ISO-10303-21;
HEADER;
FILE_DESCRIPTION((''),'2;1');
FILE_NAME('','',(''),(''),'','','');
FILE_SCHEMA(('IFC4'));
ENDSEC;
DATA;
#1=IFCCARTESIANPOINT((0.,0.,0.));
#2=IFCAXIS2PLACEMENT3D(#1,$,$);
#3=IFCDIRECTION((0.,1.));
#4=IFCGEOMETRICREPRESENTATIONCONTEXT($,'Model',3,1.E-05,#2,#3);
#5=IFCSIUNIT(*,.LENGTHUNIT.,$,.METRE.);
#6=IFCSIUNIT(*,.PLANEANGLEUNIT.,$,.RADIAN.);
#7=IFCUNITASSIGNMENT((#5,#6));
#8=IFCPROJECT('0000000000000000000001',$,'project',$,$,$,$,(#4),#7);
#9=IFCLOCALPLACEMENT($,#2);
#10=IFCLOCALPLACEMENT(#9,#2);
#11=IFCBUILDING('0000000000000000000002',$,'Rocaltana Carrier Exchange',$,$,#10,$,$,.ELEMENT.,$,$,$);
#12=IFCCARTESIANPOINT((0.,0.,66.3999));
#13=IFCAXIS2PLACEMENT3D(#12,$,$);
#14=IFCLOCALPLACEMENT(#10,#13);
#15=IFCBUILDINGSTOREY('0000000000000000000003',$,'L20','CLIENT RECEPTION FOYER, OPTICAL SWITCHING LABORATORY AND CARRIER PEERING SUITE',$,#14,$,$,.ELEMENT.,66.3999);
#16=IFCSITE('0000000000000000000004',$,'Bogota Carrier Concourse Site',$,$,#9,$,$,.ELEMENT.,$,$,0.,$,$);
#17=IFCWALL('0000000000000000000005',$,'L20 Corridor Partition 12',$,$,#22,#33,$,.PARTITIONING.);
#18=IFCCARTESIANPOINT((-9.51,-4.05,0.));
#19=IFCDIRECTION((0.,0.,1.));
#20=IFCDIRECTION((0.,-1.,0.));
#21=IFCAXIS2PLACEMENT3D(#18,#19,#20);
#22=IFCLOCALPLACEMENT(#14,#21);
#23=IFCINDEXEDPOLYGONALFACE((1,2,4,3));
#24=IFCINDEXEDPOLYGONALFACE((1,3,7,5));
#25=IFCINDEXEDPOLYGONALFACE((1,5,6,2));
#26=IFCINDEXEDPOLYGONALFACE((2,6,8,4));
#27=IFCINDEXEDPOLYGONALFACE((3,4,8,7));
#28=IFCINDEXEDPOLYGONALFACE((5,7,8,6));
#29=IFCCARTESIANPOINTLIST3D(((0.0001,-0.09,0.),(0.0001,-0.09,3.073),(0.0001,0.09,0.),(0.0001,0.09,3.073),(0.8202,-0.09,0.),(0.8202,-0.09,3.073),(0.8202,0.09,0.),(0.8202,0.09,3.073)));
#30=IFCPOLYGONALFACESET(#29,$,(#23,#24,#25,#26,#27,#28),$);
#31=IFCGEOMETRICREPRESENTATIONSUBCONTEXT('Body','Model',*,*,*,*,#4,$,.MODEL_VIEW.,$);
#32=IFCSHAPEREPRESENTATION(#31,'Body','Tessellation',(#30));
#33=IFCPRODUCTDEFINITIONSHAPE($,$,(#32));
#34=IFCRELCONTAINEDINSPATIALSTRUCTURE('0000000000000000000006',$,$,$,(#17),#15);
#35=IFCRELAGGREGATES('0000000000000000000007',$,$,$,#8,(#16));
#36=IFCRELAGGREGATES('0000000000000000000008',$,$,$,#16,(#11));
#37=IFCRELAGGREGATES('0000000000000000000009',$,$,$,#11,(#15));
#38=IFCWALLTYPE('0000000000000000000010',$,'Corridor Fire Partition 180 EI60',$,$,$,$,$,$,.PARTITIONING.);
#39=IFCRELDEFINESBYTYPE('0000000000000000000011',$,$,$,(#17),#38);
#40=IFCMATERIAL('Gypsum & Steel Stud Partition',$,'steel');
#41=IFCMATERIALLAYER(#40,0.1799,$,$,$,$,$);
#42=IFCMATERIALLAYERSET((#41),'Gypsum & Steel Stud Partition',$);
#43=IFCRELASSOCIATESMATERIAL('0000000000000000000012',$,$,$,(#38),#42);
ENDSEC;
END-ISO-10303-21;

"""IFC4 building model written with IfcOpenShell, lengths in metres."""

from ifc_helpers import new_model, si_unit, direction, frame, frame_2d, origin, place, context, subcontext, project, spatial, rectangle, extrude, material, layer, layer_set, type_object, element, save


model = new_model("IFC4")

# Units and contexts
model_context = context("Model", 3, precision=1e-05, world=origin(), true_north=direction((0.0, 1.0)))
body_context = subcontext(model_context, "Body", "Model", "MODEL_VIEW")
ifc_project = project(units=[si_unit("LENGTHUNIT", "METRE"), si_unit("PLANEANGLEUNIT", "RADIAN")], contexts=[model_context])

# Site, building, storey
site_placement = place(None, origin())
site = spatial("IfcSite", under=ifc_project, at=site_placement, Name="Bogota Carrier Concourse Site", CompositionType="ELEMENT", RefElevation=0.0)
building_placement = place(site_placement, origin())
building = spatial("IfcBuilding", under=site, at=building_placement, Name="Rocaltana Carrier Exchange", CompositionType="ELEMENT")
storey_placement = place(building_placement, frame((0.0, 0.0, 66.3999)))
storey = spatial("IfcBuildingStorey", under=building, at=storey_placement, Name="L20", Description="CLIENT RECEPTION FOYER, OPTICAL SWITCHING LABORATORY AND CARRIER PEERING SUITE", CompositionType="ELEMENT", Elevation=66.3999)

# Shared definitions
ifc_material_1 = material(Name="Gypsum & Steel Stud Partition", Category="steel")
ifc_layer_1 = layer(ifc_material_1, 0.1799)
ifc_layer_set_1 = layer_set([ifc_layer_1], Name="Gypsum & Steel Stud Partition")
wall_type_1 = type_object("IfcWallType", Name="Corridor Fire Partition 180 EI60", PredefinedType="PARTITIONING", material=ifc_layer_set_1)

# Wall
wall_1_placement = place(storey_placement, frame((-9.51, -4.05, 0.0), z_axis=(0.0, 0.0, 1.0), x_axis=(0.0, -1.0, 0.0)))
element("IfcWall", 1, at=wall_1_placement, inside=storey, type_object=wall_type_1, Name="L20 Corridor Partition 12", PredefinedType="PARTITIONING", context=body_context, shape_type="SweptSolid", body=[
    extrude(rectangle(XDim=0.8201, YDim=0.1799, at=frame_2d((0.4102, 0.0))), origin(), (0.0, 0.0, 1.0), 3.073),
])

save(model, "model.ifc")
